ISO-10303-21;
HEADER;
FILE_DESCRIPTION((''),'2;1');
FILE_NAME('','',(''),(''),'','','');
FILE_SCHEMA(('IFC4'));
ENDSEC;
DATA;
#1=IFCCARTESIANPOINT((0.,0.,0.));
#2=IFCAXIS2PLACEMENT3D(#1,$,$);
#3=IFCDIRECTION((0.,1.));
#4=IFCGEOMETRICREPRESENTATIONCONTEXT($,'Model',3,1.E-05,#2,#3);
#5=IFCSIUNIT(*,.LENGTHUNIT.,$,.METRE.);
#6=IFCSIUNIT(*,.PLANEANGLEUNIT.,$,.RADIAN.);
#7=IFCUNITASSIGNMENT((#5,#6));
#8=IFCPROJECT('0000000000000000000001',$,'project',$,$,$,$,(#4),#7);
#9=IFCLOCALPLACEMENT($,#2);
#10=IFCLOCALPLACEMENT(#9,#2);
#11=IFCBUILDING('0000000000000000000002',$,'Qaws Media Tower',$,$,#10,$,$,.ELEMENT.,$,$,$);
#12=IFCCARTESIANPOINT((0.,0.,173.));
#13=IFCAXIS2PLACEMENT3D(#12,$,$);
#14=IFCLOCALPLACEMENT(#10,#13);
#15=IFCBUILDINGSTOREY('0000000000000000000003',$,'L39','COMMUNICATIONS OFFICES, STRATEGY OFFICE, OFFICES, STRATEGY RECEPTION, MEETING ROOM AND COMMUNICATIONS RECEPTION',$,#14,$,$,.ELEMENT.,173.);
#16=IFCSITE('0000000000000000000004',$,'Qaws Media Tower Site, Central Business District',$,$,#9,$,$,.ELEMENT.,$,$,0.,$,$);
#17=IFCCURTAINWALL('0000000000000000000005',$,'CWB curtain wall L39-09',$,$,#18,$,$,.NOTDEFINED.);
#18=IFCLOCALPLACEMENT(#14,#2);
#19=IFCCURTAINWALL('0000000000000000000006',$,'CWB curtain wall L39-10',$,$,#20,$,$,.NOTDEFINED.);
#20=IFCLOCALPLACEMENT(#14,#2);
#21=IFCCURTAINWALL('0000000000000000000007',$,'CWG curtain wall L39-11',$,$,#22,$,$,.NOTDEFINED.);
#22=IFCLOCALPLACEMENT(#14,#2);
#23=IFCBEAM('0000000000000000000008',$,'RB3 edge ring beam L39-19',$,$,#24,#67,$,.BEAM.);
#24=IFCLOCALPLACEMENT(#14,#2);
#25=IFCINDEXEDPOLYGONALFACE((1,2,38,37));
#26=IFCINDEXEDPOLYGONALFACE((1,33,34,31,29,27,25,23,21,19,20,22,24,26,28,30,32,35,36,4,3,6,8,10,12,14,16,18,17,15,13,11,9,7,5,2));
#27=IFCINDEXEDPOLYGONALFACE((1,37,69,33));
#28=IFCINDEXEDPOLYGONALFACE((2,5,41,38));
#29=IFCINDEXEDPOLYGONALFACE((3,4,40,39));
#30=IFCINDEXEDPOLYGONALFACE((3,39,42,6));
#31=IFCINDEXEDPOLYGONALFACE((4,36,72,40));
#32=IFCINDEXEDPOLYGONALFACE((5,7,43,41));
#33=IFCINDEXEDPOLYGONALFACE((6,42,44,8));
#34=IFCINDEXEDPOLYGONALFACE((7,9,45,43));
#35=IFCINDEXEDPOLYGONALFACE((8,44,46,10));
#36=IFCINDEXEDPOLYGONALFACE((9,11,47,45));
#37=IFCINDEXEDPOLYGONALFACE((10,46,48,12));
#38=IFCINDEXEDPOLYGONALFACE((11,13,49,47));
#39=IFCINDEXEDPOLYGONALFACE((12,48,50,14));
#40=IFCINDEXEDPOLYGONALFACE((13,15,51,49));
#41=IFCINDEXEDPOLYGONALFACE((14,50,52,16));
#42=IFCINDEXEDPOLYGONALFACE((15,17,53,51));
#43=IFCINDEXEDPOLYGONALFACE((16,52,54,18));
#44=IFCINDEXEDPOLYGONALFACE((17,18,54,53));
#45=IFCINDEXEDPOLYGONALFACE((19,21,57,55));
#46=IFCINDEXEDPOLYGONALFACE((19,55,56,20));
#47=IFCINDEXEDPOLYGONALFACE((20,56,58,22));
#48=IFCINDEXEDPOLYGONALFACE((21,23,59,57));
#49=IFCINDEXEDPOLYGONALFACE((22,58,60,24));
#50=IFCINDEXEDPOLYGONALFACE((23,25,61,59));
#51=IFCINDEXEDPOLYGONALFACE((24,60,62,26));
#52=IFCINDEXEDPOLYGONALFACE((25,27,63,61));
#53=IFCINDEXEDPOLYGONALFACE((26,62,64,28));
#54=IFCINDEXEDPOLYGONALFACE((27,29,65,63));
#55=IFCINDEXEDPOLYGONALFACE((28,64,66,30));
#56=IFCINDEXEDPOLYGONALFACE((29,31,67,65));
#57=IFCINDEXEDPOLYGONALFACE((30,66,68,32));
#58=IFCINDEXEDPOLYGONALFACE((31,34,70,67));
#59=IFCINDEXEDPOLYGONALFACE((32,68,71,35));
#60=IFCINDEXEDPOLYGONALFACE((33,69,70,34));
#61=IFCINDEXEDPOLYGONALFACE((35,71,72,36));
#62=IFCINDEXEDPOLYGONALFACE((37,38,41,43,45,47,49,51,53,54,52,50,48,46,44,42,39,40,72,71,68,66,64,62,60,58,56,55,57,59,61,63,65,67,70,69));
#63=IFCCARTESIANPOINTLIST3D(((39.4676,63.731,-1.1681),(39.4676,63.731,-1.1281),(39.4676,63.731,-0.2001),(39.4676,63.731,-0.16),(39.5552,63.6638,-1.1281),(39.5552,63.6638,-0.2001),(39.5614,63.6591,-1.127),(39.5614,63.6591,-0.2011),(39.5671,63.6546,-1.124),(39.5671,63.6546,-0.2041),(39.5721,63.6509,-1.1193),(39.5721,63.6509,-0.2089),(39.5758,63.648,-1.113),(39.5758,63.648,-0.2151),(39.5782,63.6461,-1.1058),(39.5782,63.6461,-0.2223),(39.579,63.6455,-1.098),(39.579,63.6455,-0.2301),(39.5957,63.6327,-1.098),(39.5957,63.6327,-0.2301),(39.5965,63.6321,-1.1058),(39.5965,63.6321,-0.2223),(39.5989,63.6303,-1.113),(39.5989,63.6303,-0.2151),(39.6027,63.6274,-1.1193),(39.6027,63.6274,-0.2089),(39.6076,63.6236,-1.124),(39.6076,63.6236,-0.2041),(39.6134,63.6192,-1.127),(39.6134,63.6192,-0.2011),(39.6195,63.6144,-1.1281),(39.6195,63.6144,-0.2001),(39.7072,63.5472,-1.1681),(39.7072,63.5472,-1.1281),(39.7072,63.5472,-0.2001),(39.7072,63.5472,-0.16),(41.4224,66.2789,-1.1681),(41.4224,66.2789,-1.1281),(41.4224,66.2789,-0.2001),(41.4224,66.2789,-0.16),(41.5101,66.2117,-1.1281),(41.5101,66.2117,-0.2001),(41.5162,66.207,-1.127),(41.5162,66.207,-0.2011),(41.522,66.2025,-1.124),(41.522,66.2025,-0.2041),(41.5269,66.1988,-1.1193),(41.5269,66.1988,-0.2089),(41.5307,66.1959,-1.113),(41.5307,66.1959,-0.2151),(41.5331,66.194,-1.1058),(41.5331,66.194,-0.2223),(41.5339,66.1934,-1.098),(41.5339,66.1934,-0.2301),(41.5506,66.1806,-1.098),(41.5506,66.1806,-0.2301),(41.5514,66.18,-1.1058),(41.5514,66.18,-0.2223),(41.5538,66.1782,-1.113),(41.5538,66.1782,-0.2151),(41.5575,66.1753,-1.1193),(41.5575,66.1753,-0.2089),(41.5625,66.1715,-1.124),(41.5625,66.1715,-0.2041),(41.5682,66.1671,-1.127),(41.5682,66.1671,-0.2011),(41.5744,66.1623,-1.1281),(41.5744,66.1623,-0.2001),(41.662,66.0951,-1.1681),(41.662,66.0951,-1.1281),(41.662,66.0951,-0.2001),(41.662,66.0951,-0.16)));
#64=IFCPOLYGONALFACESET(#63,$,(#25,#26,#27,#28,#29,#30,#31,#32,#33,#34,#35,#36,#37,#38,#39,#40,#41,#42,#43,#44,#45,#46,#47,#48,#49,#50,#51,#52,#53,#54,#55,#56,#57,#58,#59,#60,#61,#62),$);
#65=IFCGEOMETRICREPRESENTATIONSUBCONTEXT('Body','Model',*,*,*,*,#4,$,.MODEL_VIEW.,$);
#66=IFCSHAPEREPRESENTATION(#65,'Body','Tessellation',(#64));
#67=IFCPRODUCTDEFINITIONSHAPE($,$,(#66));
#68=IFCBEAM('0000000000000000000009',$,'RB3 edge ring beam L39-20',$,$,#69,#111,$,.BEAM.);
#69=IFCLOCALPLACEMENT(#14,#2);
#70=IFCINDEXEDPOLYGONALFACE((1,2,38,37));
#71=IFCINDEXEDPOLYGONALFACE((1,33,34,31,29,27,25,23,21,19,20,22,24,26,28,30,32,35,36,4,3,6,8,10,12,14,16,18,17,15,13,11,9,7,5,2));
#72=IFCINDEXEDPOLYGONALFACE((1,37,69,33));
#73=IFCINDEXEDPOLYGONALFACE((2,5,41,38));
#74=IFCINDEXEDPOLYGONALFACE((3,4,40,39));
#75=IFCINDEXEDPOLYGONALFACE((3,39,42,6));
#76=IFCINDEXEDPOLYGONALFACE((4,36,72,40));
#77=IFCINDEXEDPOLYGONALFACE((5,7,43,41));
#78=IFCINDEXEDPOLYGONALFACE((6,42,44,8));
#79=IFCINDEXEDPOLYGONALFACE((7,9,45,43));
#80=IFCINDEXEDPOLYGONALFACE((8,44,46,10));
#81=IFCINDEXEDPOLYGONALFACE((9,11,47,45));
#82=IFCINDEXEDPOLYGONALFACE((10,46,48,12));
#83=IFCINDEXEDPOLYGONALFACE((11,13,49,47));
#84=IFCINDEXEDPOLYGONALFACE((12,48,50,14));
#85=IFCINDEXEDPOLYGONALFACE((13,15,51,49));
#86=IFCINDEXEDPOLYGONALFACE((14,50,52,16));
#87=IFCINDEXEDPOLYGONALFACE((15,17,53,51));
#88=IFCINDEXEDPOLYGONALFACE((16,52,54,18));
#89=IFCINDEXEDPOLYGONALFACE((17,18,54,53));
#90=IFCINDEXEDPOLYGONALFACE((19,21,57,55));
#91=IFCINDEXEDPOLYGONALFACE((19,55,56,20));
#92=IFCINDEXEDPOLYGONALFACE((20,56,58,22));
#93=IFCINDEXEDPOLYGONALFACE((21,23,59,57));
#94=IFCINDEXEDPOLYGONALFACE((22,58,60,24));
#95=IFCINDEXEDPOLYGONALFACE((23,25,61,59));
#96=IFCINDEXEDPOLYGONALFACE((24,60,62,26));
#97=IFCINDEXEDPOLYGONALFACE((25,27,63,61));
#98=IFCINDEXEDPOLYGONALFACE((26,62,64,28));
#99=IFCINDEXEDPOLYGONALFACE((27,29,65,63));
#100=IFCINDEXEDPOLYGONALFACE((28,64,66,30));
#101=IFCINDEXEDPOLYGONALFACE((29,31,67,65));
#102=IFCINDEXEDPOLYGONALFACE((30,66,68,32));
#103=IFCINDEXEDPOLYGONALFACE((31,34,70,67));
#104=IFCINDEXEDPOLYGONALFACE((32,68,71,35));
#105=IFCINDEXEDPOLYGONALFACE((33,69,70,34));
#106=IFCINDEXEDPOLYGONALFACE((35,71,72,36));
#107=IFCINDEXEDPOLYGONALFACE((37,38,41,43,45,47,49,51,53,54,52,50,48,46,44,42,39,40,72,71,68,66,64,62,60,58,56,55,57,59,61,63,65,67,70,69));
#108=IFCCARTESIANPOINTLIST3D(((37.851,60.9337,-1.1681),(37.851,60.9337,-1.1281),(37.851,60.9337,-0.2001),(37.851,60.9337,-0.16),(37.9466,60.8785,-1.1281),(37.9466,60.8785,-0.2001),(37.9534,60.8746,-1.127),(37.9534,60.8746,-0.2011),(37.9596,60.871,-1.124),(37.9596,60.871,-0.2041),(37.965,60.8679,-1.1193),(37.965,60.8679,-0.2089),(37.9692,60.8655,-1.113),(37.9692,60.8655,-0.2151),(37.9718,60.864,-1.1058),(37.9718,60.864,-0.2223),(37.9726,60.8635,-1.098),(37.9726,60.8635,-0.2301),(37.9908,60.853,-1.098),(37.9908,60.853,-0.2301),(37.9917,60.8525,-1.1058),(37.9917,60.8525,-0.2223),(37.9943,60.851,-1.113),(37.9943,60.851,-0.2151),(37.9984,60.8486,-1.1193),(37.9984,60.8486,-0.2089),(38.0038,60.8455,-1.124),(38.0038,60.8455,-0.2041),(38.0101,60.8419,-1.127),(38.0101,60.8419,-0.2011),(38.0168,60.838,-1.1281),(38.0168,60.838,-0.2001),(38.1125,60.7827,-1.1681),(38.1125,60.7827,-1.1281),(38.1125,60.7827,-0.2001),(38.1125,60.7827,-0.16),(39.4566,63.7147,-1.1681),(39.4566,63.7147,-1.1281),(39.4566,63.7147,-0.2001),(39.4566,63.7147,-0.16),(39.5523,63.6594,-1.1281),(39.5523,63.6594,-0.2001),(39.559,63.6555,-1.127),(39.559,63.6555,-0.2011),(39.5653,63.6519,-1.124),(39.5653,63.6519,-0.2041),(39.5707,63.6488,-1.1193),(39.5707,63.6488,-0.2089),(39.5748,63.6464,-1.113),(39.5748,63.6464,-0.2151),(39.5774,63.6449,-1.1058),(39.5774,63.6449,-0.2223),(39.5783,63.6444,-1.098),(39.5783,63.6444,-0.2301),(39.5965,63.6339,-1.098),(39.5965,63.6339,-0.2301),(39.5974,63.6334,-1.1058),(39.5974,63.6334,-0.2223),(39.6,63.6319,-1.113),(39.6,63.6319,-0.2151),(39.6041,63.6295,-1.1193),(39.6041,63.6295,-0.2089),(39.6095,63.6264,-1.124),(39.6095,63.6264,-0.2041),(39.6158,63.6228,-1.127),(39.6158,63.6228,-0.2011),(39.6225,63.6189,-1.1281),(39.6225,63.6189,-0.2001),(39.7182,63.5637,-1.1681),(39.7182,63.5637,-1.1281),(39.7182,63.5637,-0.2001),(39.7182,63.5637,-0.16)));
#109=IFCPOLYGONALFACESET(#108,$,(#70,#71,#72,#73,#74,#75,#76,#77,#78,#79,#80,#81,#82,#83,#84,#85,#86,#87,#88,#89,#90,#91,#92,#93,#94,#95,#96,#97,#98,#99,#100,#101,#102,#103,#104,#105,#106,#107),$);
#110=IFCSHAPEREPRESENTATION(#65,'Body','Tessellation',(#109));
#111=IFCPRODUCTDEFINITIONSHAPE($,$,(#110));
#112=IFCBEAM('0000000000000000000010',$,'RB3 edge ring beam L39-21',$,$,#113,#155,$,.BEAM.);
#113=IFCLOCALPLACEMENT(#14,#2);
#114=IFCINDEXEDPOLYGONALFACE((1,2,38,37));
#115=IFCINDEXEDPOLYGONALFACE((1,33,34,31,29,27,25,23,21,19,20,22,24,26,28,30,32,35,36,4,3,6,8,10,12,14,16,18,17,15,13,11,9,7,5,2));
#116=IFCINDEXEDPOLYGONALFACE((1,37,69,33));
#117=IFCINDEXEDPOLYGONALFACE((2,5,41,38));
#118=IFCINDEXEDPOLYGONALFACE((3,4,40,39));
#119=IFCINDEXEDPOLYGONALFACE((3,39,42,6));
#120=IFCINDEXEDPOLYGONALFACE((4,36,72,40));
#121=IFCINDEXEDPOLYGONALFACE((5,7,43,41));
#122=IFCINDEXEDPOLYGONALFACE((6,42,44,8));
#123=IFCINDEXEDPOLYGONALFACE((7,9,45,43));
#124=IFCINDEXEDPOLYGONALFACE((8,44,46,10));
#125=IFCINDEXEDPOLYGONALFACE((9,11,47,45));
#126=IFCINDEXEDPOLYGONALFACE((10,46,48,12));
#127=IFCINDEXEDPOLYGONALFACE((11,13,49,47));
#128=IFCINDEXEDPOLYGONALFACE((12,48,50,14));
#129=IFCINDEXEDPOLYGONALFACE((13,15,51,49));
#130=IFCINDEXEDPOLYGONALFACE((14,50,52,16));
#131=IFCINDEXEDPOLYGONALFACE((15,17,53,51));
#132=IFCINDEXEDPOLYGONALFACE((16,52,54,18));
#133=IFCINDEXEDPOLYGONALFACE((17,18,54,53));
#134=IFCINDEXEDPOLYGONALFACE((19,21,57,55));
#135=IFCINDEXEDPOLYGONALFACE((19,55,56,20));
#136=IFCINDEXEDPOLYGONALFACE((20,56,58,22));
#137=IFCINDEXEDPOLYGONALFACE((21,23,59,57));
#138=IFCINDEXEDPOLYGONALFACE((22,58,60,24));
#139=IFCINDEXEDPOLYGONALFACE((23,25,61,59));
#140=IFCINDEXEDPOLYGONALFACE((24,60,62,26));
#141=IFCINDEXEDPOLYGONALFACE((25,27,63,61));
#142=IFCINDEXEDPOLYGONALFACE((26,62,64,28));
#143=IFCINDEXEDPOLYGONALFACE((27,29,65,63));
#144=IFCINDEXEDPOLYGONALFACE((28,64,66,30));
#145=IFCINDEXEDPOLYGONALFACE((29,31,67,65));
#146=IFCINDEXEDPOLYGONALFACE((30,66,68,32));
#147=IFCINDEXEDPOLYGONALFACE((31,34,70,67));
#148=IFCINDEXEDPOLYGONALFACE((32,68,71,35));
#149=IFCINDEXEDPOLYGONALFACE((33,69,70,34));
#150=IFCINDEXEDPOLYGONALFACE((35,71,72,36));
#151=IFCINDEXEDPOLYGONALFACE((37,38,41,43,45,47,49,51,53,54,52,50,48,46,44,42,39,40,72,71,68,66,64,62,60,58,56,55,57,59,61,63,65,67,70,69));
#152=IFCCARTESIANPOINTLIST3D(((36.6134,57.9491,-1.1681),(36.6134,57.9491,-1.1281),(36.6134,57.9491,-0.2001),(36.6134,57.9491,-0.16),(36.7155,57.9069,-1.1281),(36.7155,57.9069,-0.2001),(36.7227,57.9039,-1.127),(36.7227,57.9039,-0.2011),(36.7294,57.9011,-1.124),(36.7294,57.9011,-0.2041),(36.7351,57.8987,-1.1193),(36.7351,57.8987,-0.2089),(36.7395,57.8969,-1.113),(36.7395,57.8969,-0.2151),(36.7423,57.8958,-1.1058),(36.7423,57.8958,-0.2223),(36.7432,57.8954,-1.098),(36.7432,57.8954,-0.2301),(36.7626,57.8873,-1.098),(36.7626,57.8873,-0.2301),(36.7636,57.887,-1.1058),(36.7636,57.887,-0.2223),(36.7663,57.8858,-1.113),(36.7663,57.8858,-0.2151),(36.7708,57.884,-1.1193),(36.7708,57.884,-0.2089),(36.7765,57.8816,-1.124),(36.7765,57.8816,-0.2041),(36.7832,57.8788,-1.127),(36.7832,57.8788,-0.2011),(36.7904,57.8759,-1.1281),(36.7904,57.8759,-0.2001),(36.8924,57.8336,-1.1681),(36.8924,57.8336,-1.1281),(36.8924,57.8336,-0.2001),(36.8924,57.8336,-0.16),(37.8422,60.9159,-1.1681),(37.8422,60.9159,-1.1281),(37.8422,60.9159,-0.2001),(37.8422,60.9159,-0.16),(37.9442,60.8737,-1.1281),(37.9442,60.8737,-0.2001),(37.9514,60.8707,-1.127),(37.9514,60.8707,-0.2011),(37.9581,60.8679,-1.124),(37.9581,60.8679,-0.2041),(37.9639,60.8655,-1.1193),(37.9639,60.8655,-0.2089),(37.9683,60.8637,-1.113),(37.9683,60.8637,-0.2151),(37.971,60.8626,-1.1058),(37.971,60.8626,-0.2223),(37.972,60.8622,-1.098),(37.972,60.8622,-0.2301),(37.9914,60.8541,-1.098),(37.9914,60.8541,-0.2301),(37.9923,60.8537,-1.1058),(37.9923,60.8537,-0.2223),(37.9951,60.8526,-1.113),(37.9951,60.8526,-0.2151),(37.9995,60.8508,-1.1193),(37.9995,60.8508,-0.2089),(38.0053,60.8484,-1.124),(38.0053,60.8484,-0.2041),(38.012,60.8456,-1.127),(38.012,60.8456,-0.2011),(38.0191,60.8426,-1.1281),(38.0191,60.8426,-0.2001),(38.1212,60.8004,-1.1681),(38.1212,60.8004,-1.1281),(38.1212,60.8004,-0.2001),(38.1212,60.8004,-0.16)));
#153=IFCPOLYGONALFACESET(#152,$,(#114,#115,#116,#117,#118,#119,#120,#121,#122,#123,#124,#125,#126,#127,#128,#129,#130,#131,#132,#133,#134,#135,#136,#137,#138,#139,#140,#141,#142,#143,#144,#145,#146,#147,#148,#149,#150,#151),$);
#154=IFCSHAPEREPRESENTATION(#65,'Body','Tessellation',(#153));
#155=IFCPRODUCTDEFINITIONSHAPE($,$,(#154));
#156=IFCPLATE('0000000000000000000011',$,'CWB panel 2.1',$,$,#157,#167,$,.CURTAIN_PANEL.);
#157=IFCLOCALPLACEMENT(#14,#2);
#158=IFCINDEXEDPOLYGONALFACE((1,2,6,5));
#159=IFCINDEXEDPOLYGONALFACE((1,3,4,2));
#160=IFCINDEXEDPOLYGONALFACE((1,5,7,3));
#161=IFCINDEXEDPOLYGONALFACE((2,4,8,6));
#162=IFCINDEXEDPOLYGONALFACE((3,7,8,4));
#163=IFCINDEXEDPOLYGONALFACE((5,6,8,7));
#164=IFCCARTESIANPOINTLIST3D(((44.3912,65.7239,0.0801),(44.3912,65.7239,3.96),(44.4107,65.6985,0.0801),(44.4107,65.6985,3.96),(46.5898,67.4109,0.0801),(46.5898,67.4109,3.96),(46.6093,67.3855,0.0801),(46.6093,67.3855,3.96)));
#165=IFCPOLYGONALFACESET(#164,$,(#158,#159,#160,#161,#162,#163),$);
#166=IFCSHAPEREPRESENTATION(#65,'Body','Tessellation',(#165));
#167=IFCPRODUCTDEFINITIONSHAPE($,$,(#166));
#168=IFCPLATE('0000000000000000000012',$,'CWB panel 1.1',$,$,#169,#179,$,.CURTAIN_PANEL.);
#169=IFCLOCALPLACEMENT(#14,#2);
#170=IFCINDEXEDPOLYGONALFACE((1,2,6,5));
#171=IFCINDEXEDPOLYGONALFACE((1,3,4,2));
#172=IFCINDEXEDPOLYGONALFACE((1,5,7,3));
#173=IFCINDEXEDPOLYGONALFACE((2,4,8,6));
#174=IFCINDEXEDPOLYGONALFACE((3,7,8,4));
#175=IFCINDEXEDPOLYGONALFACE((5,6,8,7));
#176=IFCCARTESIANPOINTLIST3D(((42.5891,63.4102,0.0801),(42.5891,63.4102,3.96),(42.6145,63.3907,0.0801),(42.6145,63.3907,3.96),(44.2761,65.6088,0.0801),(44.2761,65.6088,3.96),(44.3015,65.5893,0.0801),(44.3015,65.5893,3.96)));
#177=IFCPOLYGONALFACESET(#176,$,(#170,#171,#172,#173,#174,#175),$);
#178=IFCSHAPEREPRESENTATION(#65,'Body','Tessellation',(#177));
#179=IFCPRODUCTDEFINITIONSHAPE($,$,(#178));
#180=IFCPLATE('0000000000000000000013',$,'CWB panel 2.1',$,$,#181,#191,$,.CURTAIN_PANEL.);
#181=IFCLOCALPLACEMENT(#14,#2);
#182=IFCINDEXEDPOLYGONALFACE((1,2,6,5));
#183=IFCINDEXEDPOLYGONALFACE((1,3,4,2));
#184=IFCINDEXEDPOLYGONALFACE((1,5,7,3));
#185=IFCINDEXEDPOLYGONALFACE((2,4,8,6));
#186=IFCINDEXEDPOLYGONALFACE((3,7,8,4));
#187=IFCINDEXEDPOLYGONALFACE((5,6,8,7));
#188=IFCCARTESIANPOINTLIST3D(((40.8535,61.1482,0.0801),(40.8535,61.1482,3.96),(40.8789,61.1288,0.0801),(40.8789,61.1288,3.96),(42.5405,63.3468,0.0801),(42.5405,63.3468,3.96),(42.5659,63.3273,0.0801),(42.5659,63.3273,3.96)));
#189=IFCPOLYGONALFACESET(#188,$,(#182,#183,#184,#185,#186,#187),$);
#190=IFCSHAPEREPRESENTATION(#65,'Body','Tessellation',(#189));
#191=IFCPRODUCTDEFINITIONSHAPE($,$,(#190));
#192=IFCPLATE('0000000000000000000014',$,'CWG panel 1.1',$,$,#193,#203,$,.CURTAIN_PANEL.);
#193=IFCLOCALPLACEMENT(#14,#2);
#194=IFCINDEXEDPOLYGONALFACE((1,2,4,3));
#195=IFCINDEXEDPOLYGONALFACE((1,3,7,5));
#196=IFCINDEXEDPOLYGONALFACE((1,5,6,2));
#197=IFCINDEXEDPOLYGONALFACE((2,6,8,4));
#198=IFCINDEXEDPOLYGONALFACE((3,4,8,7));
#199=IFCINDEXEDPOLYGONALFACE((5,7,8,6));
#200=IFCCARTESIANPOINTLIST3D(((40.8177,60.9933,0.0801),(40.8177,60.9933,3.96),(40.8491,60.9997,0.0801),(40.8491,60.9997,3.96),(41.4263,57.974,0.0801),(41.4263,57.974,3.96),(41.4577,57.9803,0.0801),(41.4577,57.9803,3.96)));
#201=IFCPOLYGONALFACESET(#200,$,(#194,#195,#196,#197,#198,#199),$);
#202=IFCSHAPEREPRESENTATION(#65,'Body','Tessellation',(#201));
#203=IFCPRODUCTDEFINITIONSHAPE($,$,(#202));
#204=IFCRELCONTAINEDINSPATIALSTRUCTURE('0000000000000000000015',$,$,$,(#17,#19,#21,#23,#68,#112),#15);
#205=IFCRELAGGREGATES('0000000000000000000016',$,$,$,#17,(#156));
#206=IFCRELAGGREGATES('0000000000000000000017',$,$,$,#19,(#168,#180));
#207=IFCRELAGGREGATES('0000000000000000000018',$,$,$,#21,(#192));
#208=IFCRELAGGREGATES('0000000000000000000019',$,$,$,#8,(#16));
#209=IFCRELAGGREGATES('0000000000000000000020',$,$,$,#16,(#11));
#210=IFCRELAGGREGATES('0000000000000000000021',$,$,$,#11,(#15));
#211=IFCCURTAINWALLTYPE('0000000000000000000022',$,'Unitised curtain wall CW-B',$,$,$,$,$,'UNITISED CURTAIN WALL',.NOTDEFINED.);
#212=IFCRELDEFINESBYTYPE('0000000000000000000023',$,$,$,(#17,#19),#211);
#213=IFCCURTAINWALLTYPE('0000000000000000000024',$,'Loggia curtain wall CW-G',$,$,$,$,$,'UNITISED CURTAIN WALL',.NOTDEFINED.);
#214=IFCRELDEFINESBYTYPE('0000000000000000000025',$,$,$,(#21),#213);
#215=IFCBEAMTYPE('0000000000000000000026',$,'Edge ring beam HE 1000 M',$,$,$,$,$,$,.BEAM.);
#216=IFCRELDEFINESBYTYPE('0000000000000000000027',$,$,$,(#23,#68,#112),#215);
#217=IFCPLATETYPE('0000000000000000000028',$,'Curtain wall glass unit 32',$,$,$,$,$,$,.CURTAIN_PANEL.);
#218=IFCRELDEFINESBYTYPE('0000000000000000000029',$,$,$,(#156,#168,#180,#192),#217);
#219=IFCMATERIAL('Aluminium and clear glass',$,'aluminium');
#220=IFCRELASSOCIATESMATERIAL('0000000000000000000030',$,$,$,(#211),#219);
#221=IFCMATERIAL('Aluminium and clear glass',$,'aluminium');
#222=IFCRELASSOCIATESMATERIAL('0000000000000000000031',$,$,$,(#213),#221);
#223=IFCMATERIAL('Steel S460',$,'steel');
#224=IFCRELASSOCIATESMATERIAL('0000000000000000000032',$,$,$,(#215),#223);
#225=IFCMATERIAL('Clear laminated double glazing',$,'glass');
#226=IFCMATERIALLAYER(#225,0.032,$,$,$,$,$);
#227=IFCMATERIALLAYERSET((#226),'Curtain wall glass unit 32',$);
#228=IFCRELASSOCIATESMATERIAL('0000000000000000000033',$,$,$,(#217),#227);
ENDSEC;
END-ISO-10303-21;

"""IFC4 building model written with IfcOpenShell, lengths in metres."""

from ifc_helpers import new_model, si_unit, direction, frame, origin, origin_2d, place, context, subcontext, project, spatial, rectangle, i_section, extrude, material, layer, layer_set, material_profile, profile_set, type_object, element, aggregate, save


model = new_model("IFC4")

# Units and contexts
model_context = context("Model", 3, precision=1e-05, world=origin(), true_north=direction((0.0, 1.0)))
body_context = subcontext(model_context, "Body", "Model", "MODEL_VIEW")
ifc_project = project(units=[si_unit("LENGTHUNIT", "METRE"), si_unit("PLANEANGLEUNIT", "RADIAN")], contexts=[model_context])

# Site, building, storey
site_placement = place(None, origin())
site = spatial("IfcSite", under=ifc_project, at=site_placement, Name="Qaws Media Tower Site, Central Business District", CompositionType="ELEMENT", RefElevation=0.0)
building_placement = place(site_placement, origin())
building = spatial("IfcBuilding", under=site, at=building_placement, Name="Qaws Media Tower", CompositionType="ELEMENT")
storey_placement = place(building_placement, frame((0.0, 0.0, 173.0)))
storey = spatial("IfcBuildingStorey", under=building, at=storey_placement, Name="L39", Description="COMMUNICATIONS OFFICES, STRATEGY OFFICE, OFFICES, STRATEGY RECEPTION, MEETING ROOM AND COMMUNICATIONS RECEPTION", CompositionType="ELEMENT", Elevation=173.0)

# Curtain walls
ifc_material_1 = material(Name="Aluminium and clear glass", Category="aluminium")
curtain_wall_type_1 = type_object("IfcCurtainWallType", Name="Unitised curtain wall CW-B", ElementType="UNITISED CURTAIN WALL", PredefinedType="NOTDEFINED", material=ifc_material_1)
curtain_wall_1_placement = place(storey_placement, origin())
curtain_wall_1 = element("IfcCurtainWall", 1, at=curtain_wall_1_placement, inside=storey, type_object=curtain_wall_type_1, Name="CWB curtain wall L39-09", PredefinedType="NOTDEFINED")
curtain_wall_2_placement = place(storey_placement, origin())
curtain_wall_2 = element("IfcCurtainWall", 2, at=curtain_wall_2_placement, inside=storey, type_object=curtain_wall_type_1, Name="CWB curtain wall L39-10", PredefinedType="NOTDEFINED")

# Curtain wall
ifc_material_2 = material(Name="Aluminium and clear glass", Category="aluminium")
curtain_wall_type_2 = type_object("IfcCurtainWallType", Name="Loggia curtain wall CW-G", ElementType="UNITISED CURTAIN WALL", PredefinedType="NOTDEFINED", material=ifc_material_2)
curtain_wall_3_placement = place(storey_placement, origin())
curtain_wall_3 = element("IfcCurtainWall", 3, at=curtain_wall_3_placement, inside=storey, type_object=curtain_wall_type_2, Name="CWG curtain wall L39-11", PredefinedType="NOTDEFINED")

# Beams
ifc_material_3 = material(Name="Steel S460", Category="steel")
ifc_material_profile_1 = material_profile(ifc_material_3, i_section(OverallWidth=0.302, OverallDepth=1.0081, WebThickness=0.021, FlangeThickness=0.04, FilletRadius=0.03, at=origin_2d()), Name="HE 1000 M")
ifc_profile_set_1 = profile_set([ifc_material_profile_1], Name="Steel S460")
beam_type = type_object("IfcBeamType", Name="Edge ring beam HE 1000 M", PredefinedType="BEAM", material=ifc_profile_set_1)
for number, where, z_axis, x_axis, name in (
    (4, (41.5422, 66.187, -0.6641), (-0.608722, -0.793384, 0.0), (0.793384, -0.608722, 0.0), "RB3 edge ring beam L39-19"),
):
    element("IfcBeam", number, at=place(storey_placement, frame(where, z_axis=z_axis, x_axis=x_axis)), inside=storey, type_object=beam_type, Name=name, PredefinedType="BEAM", context=body_context, shape_type="SweptSolid", body=[
        extrude(i_section(OverallWidth=0.302, OverallDepth=1.0081, WebThickness=0.021, FlangeThickness=0.04, FilletRadius=0.03, at=origin_2d()), origin(), (0.0, 0.0, 1.0), 3.2114),
    ])
for number, where, z_axis, x_axis, name in (
    (5, (39.5874, 63.6392, -0.6641), (-0.500023, -0.866012, 0.0), (0.866012, -0.500023, 0.0), "RB3 edge ring beam L39-20"),
    (6, (37.9817, 60.8582, -0.6641), (-0.382649, -0.923894, 0.0), (0.923894, -0.382649, 0.0), "RB3 edge ring beam L39-21"),
):
    element("IfcBeam", number, at=place(storey_placement, frame(where, z_axis=z_axis, x_axis=x_axis)), inside=storey, type_object=beam_type, Name=name, PredefinedType="BEAM", context=body_context, shape_type="SweptSolid", body=[
        extrude(i_section(OverallWidth=0.302, OverallDepth=1.0081, WebThickness=0.021, FlangeThickness=0.04, FilletRadius=0.03, at=origin_2d()), origin(), (0.0, 0.0, 1.0), 3.2112),
    ])

# Plates
ifc_material_4 = material(Name="Clear laminated double glazing", Category="glass")
ifc_layer_1 = layer(ifc_material_4, 0.032)
ifc_layer_set_1 = layer_set([ifc_layer_1], Name="Curtain wall glass unit 32")
plate_type_1 = type_object("IfcPlateType", Name="Curtain wall glass unit 32", PredefinedType="CURTAIN_PANEL", material=ifc_layer_set_1)
plate_1_placement = place(storey_placement, frame((45.5002, 66.5547, 0.0801), z_axis=(0.0, 0.0, 1.0), x_axis=(-0.793353, -0.608762, 0.0)))
plate_1 = element("IfcPlate", 7, at=plate_1_placement, type_object=plate_type_1, Name="CWB panel 2.1", PredefinedType="CURTAIN_PANEL", context=body_context, shape_type="SweptSolid", body=[
    extrude(rectangle(XDim=2.7712, YDim=0.032, at=origin_2d()), origin(), (0.0, 0.0, 1.0), 3.8799),
])
aggregate(curtain_wall_1, [plate_1])
plate_2_placement = place(storey_placement, frame((43.4453, 64.4998, 0.0801), z_axis=(0.0, 0.0, 1.0), x_axis=(-0.608762, -0.793353, 0.0)))
plate_2 = element("IfcPlate", 8, at=plate_2_placement, type_object=plate_type_1, Name="CWB panel 1.1", PredefinedType="CURTAIN_PANEL", context=body_context, shape_type="SweptSolid", body=[
    extrude(rectangle(XDim=2.7712, YDim=0.032, at=origin_2d()), origin(), (0.0, 0.0, 1.0), 3.8799),
])
plate_3_placement = place(storey_placement, frame((41.7097, 62.2378, 0.0801), z_axis=(0.0, 0.0, 1.0), x_axis=(-0.608762, -0.793353, 0.0)))
plate_3 = element("IfcPlate", 9, at=plate_3_placement, type_object=plate_type_1, Name="CWB panel 2.1", PredefinedType="CURTAIN_PANEL", context=body_context, shape_type="SweptSolid", body=[
    extrude(rectangle(XDim=2.7712, YDim=0.032, at=origin_2d()), origin(), (0.0, 0.0, 1.0), 3.8799),
])
aggregate(curtain_wall_2, [plate_2, plate_3])
plate_4_placement = place(storey_placement, frame((41.1377, 59.4868, 0.0801), z_axis=(0.0, 0.0, 1.0), x_axis=(0.197582, -0.980286, 0.0)))
plate_4 = element("IfcPlate", 10, at=plate_4_placement, type_object=plate_type_1, Name="CWG panel 1.1", PredefinedType="CURTAIN_PANEL", context=body_context, shape_type="SweptSolid", body=[
    extrude(rectangle(XDim=3.0801, YDim=0.032, at=origin_2d()), origin(), (0.0, 0.0, 1.0), 3.8799),
])
aggregate(curtain_wall_3, [plate_4])

save(model, "model.ifc")
